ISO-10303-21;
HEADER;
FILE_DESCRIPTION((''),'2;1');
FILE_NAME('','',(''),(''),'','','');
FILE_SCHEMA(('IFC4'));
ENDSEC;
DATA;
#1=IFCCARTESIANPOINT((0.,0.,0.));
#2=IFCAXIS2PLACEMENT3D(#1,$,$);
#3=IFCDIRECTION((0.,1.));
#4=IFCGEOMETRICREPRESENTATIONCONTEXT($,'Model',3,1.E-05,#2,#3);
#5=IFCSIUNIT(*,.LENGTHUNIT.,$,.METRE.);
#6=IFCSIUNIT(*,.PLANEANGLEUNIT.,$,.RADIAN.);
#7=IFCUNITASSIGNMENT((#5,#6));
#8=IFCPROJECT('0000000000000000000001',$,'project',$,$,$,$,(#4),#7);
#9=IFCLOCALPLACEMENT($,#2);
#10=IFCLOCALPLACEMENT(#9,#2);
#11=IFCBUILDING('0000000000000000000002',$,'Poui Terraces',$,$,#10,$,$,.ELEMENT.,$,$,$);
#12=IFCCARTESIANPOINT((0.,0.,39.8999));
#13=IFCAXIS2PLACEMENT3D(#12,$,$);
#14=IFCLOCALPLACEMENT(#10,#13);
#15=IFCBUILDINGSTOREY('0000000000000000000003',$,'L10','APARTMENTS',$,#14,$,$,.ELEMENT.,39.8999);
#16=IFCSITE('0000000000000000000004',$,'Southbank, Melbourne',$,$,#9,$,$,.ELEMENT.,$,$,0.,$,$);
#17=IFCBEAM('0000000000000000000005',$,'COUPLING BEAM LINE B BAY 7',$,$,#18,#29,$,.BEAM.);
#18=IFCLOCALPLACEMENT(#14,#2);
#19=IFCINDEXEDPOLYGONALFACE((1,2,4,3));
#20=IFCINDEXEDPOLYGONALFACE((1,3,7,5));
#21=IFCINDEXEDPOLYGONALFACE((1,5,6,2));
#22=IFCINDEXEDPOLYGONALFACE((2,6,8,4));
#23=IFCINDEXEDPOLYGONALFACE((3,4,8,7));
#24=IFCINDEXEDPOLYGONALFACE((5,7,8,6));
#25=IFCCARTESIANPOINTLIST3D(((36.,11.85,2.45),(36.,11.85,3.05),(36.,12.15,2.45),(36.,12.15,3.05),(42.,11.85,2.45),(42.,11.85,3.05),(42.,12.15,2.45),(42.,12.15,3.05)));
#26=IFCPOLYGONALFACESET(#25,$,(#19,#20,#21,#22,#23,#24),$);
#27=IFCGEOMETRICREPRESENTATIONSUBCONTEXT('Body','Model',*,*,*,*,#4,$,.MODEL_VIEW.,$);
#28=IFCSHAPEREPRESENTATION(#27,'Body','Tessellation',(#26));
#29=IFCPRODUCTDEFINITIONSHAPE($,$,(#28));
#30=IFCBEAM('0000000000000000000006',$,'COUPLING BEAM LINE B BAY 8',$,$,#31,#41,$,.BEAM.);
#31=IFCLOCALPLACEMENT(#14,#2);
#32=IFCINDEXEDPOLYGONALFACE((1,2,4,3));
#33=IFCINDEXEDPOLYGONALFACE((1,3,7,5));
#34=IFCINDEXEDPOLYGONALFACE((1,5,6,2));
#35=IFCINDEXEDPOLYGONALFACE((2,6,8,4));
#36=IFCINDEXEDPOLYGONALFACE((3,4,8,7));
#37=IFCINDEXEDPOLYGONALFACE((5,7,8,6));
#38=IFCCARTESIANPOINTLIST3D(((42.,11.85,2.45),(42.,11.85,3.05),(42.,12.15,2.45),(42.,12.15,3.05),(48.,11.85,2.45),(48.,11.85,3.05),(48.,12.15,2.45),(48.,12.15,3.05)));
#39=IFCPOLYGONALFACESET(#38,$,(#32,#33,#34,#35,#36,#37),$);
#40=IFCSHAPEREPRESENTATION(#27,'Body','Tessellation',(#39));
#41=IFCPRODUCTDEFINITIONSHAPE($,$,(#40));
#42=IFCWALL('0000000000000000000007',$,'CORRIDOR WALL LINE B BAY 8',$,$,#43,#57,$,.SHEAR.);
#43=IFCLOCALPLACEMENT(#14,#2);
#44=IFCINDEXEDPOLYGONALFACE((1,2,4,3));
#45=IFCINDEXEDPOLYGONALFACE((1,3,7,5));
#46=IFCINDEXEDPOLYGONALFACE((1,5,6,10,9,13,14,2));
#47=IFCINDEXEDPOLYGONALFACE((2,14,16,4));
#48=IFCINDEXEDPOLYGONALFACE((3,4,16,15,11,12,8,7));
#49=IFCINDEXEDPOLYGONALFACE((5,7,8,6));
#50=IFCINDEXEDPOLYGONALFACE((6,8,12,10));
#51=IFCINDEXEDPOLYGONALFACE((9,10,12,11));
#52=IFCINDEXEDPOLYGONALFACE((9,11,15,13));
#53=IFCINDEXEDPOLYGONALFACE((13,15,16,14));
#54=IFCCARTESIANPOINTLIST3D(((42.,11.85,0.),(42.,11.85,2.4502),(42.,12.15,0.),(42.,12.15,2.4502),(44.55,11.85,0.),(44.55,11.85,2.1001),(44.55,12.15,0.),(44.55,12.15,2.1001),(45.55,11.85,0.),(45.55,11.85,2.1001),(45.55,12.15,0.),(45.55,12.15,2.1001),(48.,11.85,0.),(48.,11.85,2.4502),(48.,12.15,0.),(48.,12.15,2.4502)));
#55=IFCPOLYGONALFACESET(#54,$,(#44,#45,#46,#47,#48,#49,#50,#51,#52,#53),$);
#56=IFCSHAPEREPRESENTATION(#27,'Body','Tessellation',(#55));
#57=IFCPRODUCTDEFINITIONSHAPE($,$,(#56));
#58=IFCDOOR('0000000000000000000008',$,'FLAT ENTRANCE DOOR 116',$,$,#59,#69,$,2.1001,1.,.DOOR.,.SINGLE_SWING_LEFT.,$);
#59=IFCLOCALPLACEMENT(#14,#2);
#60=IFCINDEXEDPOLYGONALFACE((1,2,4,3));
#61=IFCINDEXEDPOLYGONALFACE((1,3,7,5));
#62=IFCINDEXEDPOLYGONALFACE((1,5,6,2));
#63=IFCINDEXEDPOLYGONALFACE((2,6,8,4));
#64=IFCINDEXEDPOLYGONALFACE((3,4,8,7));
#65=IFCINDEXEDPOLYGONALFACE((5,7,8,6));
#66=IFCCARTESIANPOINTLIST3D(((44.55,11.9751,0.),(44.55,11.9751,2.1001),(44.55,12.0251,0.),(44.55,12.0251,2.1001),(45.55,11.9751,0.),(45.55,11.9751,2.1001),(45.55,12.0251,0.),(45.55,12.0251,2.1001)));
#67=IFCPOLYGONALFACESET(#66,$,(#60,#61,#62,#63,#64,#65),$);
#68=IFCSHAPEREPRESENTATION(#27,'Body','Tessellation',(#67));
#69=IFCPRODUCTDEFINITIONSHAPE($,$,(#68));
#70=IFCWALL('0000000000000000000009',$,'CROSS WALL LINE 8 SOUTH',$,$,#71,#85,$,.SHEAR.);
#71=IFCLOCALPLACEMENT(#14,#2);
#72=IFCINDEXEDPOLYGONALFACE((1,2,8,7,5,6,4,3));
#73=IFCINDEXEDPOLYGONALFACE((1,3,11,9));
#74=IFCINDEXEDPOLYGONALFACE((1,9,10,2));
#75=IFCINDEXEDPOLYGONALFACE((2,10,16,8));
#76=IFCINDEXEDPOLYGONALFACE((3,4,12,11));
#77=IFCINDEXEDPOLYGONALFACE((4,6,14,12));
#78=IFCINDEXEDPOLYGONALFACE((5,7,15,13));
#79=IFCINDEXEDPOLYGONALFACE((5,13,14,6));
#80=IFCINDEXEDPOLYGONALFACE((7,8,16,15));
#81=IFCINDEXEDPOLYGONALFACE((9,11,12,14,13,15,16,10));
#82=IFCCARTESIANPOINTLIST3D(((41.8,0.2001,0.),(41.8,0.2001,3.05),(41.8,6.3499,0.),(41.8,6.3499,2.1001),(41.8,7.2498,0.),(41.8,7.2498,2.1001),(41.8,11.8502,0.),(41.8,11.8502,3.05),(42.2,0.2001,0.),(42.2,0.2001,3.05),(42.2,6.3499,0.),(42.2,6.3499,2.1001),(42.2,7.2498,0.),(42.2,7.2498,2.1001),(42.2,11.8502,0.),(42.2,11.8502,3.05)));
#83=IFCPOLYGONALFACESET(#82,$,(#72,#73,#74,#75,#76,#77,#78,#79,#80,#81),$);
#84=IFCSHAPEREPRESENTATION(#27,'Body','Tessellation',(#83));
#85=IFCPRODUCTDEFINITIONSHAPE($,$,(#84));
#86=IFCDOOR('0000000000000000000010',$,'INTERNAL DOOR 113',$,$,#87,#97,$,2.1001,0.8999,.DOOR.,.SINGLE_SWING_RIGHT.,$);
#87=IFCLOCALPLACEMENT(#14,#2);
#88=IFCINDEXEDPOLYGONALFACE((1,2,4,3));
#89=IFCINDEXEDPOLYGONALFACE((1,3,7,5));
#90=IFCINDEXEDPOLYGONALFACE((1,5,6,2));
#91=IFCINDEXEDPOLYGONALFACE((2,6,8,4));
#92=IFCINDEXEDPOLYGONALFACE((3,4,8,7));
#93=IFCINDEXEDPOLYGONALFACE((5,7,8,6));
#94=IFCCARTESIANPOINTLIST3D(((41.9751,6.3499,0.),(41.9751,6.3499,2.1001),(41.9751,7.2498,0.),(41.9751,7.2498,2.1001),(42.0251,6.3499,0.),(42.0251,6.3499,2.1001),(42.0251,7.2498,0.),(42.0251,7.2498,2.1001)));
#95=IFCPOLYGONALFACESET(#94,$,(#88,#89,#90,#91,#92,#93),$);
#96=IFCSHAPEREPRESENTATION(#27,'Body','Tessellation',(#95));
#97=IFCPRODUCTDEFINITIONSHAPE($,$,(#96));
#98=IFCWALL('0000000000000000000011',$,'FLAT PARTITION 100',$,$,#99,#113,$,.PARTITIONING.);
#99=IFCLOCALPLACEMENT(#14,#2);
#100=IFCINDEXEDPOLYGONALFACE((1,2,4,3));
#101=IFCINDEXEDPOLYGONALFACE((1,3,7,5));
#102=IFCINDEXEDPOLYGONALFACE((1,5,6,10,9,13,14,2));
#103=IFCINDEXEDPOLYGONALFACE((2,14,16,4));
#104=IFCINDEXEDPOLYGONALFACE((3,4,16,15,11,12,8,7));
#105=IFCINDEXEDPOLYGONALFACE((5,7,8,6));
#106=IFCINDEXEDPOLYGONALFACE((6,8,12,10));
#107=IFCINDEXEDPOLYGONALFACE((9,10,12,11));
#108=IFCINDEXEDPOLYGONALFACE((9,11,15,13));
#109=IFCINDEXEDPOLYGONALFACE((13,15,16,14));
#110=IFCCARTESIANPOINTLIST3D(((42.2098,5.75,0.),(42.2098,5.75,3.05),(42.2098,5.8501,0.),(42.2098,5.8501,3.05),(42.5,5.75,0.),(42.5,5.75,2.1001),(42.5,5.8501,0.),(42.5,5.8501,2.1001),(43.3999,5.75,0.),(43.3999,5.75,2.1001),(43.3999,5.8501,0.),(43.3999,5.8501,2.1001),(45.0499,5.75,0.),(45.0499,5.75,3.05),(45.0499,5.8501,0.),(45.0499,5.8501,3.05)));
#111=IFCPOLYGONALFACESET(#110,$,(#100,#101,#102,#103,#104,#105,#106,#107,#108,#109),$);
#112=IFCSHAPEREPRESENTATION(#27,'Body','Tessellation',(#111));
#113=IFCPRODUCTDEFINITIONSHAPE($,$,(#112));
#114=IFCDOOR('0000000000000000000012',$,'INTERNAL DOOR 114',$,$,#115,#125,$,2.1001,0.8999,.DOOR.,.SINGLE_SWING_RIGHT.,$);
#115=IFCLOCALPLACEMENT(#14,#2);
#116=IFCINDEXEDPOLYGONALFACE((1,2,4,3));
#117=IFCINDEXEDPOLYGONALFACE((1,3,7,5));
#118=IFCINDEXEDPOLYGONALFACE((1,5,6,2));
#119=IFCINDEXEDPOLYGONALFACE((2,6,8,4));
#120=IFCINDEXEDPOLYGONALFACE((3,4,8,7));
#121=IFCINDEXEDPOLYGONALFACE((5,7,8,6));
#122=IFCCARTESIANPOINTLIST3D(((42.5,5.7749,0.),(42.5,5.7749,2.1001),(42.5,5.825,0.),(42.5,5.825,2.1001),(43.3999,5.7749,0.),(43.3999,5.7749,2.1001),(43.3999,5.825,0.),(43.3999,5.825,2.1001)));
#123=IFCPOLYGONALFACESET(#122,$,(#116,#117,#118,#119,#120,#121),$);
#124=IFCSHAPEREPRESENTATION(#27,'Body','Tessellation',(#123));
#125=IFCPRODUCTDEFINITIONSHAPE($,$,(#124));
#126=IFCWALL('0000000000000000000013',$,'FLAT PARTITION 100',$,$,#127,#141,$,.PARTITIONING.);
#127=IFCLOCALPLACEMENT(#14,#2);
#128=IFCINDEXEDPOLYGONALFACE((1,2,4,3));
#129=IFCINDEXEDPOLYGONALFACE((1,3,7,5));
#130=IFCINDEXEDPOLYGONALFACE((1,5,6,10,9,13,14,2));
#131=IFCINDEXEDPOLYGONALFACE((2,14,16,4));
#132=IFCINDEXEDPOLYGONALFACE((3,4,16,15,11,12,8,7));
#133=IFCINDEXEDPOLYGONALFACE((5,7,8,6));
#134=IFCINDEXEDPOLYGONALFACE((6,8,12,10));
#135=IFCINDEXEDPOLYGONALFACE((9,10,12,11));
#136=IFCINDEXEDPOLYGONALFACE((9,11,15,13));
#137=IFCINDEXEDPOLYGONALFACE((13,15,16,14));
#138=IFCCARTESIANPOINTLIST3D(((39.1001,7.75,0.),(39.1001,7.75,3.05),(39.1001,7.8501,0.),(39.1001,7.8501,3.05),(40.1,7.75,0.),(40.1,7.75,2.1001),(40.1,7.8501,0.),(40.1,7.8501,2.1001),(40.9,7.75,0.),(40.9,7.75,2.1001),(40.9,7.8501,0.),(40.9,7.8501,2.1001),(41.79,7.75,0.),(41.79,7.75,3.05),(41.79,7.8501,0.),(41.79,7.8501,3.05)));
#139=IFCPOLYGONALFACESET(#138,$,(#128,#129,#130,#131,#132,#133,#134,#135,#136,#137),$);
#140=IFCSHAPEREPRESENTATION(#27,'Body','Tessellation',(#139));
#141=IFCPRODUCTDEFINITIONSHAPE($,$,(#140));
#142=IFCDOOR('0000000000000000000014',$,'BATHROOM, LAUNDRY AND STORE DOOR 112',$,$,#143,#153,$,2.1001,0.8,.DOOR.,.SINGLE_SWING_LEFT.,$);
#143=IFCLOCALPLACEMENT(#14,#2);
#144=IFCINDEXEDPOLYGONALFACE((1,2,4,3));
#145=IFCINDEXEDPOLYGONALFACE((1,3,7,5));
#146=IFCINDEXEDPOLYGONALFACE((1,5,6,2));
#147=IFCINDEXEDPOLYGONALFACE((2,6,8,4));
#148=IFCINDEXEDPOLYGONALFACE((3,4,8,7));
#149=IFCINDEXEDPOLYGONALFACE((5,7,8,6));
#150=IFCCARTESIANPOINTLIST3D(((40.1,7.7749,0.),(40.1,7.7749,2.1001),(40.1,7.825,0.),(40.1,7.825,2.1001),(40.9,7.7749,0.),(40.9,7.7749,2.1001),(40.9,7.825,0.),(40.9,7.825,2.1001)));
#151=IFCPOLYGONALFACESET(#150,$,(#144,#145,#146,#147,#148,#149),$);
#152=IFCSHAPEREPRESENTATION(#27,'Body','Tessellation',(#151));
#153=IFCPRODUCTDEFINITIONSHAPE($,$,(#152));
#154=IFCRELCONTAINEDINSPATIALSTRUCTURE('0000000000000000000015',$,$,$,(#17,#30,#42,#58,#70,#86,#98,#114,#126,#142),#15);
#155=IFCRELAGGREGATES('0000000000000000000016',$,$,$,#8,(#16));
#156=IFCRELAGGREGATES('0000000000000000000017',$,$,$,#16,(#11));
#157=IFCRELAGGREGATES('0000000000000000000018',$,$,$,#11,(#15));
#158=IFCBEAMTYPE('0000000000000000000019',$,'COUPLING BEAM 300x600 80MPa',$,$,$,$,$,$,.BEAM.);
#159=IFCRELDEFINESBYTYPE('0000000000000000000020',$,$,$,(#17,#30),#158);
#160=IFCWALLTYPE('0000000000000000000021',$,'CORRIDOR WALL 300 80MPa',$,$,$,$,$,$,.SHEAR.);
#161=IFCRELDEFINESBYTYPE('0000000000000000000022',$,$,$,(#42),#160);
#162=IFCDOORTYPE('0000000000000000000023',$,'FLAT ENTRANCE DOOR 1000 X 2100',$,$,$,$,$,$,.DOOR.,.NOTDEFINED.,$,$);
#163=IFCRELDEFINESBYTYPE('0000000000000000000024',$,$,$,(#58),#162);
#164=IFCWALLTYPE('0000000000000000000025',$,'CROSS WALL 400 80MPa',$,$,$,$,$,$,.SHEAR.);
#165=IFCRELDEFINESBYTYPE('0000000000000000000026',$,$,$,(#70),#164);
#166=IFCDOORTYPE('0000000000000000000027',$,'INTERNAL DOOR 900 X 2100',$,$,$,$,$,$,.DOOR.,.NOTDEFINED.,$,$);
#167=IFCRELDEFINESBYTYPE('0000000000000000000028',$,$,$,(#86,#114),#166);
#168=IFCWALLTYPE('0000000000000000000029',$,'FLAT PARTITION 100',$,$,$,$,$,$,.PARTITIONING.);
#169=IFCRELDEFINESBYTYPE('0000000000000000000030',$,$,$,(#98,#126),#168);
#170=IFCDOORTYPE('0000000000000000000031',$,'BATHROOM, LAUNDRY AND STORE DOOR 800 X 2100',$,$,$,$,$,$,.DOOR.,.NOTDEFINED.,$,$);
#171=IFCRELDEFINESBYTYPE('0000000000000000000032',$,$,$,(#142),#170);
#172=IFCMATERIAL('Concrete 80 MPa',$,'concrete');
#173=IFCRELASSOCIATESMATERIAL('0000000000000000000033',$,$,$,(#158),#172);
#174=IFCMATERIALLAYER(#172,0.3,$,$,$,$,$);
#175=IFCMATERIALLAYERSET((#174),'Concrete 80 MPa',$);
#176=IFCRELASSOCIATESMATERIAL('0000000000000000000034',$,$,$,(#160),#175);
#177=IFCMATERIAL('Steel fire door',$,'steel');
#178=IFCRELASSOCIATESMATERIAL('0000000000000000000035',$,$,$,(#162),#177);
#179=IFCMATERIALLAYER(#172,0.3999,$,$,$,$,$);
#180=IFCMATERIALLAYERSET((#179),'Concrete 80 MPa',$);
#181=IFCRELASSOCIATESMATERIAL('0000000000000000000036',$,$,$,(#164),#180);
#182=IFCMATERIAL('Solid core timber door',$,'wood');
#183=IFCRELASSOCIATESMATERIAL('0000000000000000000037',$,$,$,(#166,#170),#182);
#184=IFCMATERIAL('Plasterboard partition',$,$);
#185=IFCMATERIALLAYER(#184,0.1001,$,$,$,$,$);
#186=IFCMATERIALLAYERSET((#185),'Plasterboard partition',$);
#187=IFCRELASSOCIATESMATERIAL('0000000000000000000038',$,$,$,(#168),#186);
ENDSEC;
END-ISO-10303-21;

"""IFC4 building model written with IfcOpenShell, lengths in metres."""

from ifc_helpers import new_model, si_unit, direction, frame, frame_2d, origin, origin_2d, place, context, subcontext, project, spatial, rectangle, extrude, source, transform, mapped, material, layer, layer_set, material_profile, profile_set, type_object, element, fill, save


model = new_model("IFC4")

# Units and contexts
model_context = context("Model", 3, precision=1e-05, world=origin(), true_north=direction((0.0, 1.0)))
body_context = subcontext(model_context, "Body", "Model", "MODEL_VIEW")
ifc_project = project(units=[si_unit("LENGTHUNIT", "METRE"), si_unit("PLANEANGLEUNIT", "RADIAN")], contexts=[model_context])

# Site, building, storey
site_placement = place(None, origin())
site = spatial("IfcSite", under=ifc_project, at=site_placement, Name="Southbank, Melbourne", CompositionType="ELEMENT", RefElevation=0.0)
building_placement = place(site_placement, origin())
building = spatial("IfcBuilding", under=site, at=building_placement, Name="Poui Terraces", CompositionType="ELEMENT")
storey_placement = place(building_placement, frame((0.0, 0.0, 39.8999)))
storey = spatial("IfcBuildingStorey", under=building, at=storey_placement, Name="L10", Description="APARTMENTS", CompositionType="ELEMENT", Elevation=39.8999)

# Beams
ifc_material_1 = material(Name="Concrete 80 MPa", Category="concrete")
ifc_material_profile = material_profile(ifc_material_1, rectangle(XDim=0.3, YDim=0.6001, at=origin_2d()), Name="RC 300x600")
ifc_profile_set = profile_set([ifc_material_profile], Name="Concrete 80 MPa")
beam_type = type_object("IfcBeamType", Name="COUPLING BEAM 300x600 80MPa", PredefinedType="BEAM", material=ifc_profile_set)
shared_shape_1 = source(origin(), body_context, "Body", "SweptSolid", [
    extrude(rectangle(XDim=0.3, YDim=0.6001, at=origin_2d()), origin(), (0.0, 0.0, 1.0), 6.0),
])
for number, where, z_axis, x_axis, name in (
    (1, (36.0, 12.0, 2.75), (1.0, 0.0, 0.0), (0.0, 1.0, 0.0), "COUPLING BEAM LINE B BAY 7"),
    (2, (42.0, 12.0, 2.75), (1.0, 0.0, 0.0), (0.0, 1.0, 0.0), "COUPLING BEAM LINE B BAY 8"),
):
    element("IfcBeam", number, at=place(storey_placement, frame(where, z_axis=z_axis, x_axis=x_axis)), inside=storey, type_object=beam_type, Name=name, PredefinedType="BEAM", context=body_context, shape_type="MappedRepresentation", body=[
        mapped(shared_shape_1, transform((0.0, 0.0, 0.0))),
    ])

# Walls, openings, doors
ifc_layer_1 = layer(ifc_material_1, 0.3)
ifc_layer_set_1 = layer_set([ifc_layer_1], Name="Concrete 80 MPa")
wall_type_1 = type_object("IfcWallType", Name="CORRIDOR WALL 300 80MPa", PredefinedType="SHEAR", material=ifc_layer_set_1)
wall_1_placement = place(storey_placement, frame((42.0, 12.0, 0.0), z_axis=(0.0, 0.0, 1.0), x_axis=(1.0, 0.0, 0.0)))
wall_1 = element("IfcWall", 3, at=wall_1_placement, inside=storey, type_object=wall_type_1, Name="CORRIDOR WALL LINE B BAY 8", PredefinedType="SHEAR", context=body_context, shape_type="SweptSolid", body=[
    extrude(rectangle(XDim=6.0, YDim=0.3, at=frame_2d((3.0, 0.0))), origin(), (0.0, 0.0, 1.0), 2.4502),
])
opening_1_placement = place(wall_1_placement, frame((2.55, 0.0, 0.0)))
opening_1 = element("IfcOpeningElement", 4, at=opening_1_placement, cuts=wall_1, PredefinedType="OPENING", context=body_context, shape_type="SweptSolid", body=[
    extrude(rectangle(XDim=1.0, YDim=2.1001, at=frame_2d((0.5, 1.05))), frame((0.0, 0.1602, 0.0), z_axis=(0.0, -1.0, 0.0), x_axis=(1.0, 0.0, 0.0)), (0.0, 0.0, 1.0), 0.3201),
])
ifc_material_2 = material(Name="Steel fire door", Category="steel")
door_type_1 = type_object("IfcDoorType", Name="FLAT ENTRANCE DOOR 1000 X 2100", OperationType="NOTDEFINED", PredefinedType="DOOR", material=ifc_material_2)
door_1_placement = place(opening_1_placement, frame((1.0, 0.0, 0.0), z_axis=(0.0, 0.0, 1.0), x_axis=(-1.0, 0.0, 0.0)))
door_1 = element("IfcDoor", 5, at=door_1_placement, inside=storey, type_object=door_type_1, Name="FLAT ENTRANCE DOOR 116", OperationType="SINGLE_SWING_LEFT", OverallHeight=2.1001, OverallWidth=1.0, PredefinedType="DOOR", context=body_context, shape_type="SweptSolid", body=[
    extrude(rectangle(XDim=1.0, YDim=2.1001, at=frame_2d((0.5, 1.05))), frame((0.0, 0.0249, 0.0), z_axis=(0.0, -1.0, 0.0), x_axis=(1.0, 0.0, 0.0)), (0.0, 0.0, 1.0), 0.05),
])
fill(opening_1, door_1)
ifc_layer_2 = layer(ifc_material_1, 0.3999)
ifc_layer_set_2 = layer_set([ifc_layer_2], Name="Concrete 80 MPa")
wall_type_2 = type_object("IfcWallType", Name="CROSS WALL 400 80MPa", PredefinedType="SHEAR", material=ifc_layer_set_2)
wall_2_placement = place(storey_placement, frame((42.0, 0.2, 0.0), z_axis=(0.0, 0.0, 1.0), x_axis=(0.0, 1.0, 0.0)))
wall_2 = element("IfcWall", 6, at=wall_2_placement, inside=storey, type_object=wall_type_2, Name="CROSS WALL LINE 8 SOUTH", PredefinedType="SHEAR", context=body_context, shape_type="SweptSolid", body=[
    extrude(rectangle(XDim=11.6501, YDim=0.3999, at=frame_2d((5.8252, 0.0))), origin(), (0.0, 0.0, 1.0), 3.05),
])
opening_2_placement = place(wall_2_placement, frame((6.1499, 0.0, 0.0)))
opening_2 = element("IfcOpeningElement", 7, at=opening_2_placement, cuts=wall_2, PredefinedType="OPENING", context=body_context, shape_type="SweptSolid", body=[
    extrude(rectangle(XDim=0.8999, YDim=2.1001, at=frame_2d((0.45, 1.05))), frame((0.0, 0.21, 0.0), z_axis=(0.0, -1.0, 0.0), x_axis=(1.0, 0.0, 0.0)), (0.0, 0.0, 1.0), 0.4199),
])
ifc_material_3 = material(Name="Solid core timber door", Category="wood")
door_type_2 = type_object("IfcDoorType", Name="INTERNAL DOOR 900 X 2100", OperationType="NOTDEFINED", PredefinedType="DOOR", material=ifc_material_3)
door_2_placement = place(opening_2_placement, origin())
door_2 = element("IfcDoor", 8, at=door_2_placement, inside=storey, type_object=door_type_2, Name="INTERNAL DOOR 113", OperationType="SINGLE_SWING_RIGHT", OverallHeight=2.1001, OverallWidth=0.8999, PredefinedType="DOOR", context=body_context, shape_type="SweptSolid", body=[
    extrude(rectangle(XDim=0.8999, YDim=2.1001, at=frame_2d((0.45, 1.05))), frame((0.0, 0.0249, 0.0), z_axis=(0.0, -1.0, 0.0), x_axis=(1.0, 0.0, 0.0)), (0.0, 0.0, 1.0), 0.05),
])
fill(opening_2, door_2)
ifc_material_4 = material(Name="Plasterboard partition")
ifc_layer_3 = layer(ifc_material_4, 0.1001)
ifc_layer_set_3 = layer_set([ifc_layer_3], Name="Plasterboard partition")
wall_type_3 = type_object("IfcWallType", Name="FLAT PARTITION 100", PredefinedType="PARTITIONING", material=ifc_layer_set_3)
wall_3_placement = place(storey_placement, frame((42.21, 5.8, 0.0), z_axis=(0.0, 0.0, 1.0), x_axis=(1.0, 0.0, 0.0)))
wall_3 = element("IfcWall", 9, at=wall_3_placement, inside=storey, type_object=wall_type_3, Name="FLAT PARTITION 100", PredefinedType="PARTITIONING", context=body_context, shape_type="SweptSolid", body=[
    extrude(rectangle(XDim=2.8401, YDim=0.1001, at=frame_2d((1.4199, 0.0))), origin(), (0.0, 0.0, 1.0), 3.05),
])
opening_3_placement = place(wall_3_placement, frame((0.29, 0.0, 0.0)))
opening_3 = element("IfcOpeningElement", 10, at=opening_3_placement, cuts=wall_3, PredefinedType="OPENING", context=body_context, shape_type="SweptSolid", body=[
    extrude(rectangle(XDim=0.8999, YDim=2.1001, at=frame_2d((0.45, 1.05))), frame((0.0, 0.0601, 0.0), z_axis=(0.0, -1.0, 0.0), x_axis=(1.0, 0.0, 0.0)), (0.0, 0.0, 1.0), 0.1201),
])
door_3_placement = place(opening_3_placement, origin())
door_3 = element("IfcDoor", 11, at=door_3_placement, inside=storey, type_object=door_type_2, Name="INTERNAL DOOR 114", OperationType="SINGLE_SWING_RIGHT", OverallHeight=2.1001, OverallWidth=0.8999, PredefinedType="DOOR", context=body_context, shape_type="SweptSolid", body=[
    extrude(rectangle(XDim=0.8999, YDim=2.1001, at=frame_2d((0.45, 1.05))), frame((0.0, 0.0249, 0.0), z_axis=(0.0, -1.0, 0.0), x_axis=(1.0, 0.0, 0.0)), (0.0, 0.0, 1.0), 0.05),
])
fill(opening_3, door_3)
wall_4_placement = place(storey_placement, frame((39.1001, 7.8, 0.0), z_axis=(0.0, 0.0, 1.0), x_axis=(1.0, 0.0, 0.0)))
wall_4 = element("IfcWall", 12, at=wall_4_placement, inside=storey, type_object=wall_type_3, Name="FLAT PARTITION 100", PredefinedType="PARTITIONING", context=body_context, shape_type="SweptSolid", body=[
    extrude(rectangle(XDim=2.6899, YDim=0.1001, at=frame_2d((1.345, 0.0))), origin(), (0.0, 0.0, 1.0), 3.05),
])
opening_4_placement = place(wall_4_placement, frame((1.0, 0.0, 0.0)))
opening_4 = element("IfcOpeningElement", 13, at=opening_4_placement, cuts=wall_4, PredefinedType="OPENING", context=body_context, shape_type="SweptSolid", body=[
    extrude(rectangle(XDim=0.8, YDim=2.1001, at=frame_2d((0.3999, 1.05))), frame((0.0, 0.0601, 0.0), z_axis=(0.0, -1.0, 0.0), x_axis=(1.0, 0.0, 0.0)), (0.0, 0.0, 1.0), 0.1201),
])
door_type_3 = type_object("IfcDoorType", Name="BATHROOM, LAUNDRY AND STORE DOOR 800 X 2100", OperationType="NOTDEFINED", PredefinedType="DOOR", material=ifc_material_3)
door_4_placement = place(opening_4_placement, origin())
door_4 = element("IfcDoor", 14, at=door_4_placement, inside=storey, type_object=door_type_3, Name="BATHROOM, LAUNDRY AND STORE DOOR 112", OperationType="SINGLE_SWING_LEFT", OverallHeight=2.1001, OverallWidth=0.8, PredefinedType="DOOR", context=body_context, shape_type="SweptSolid", body=[
    extrude(rectangle(XDim=0.8, YDim=2.1001, at=frame_2d((0.3999, 1.05))), frame((0.0, 0.0249, 0.0), z_axis=(0.0, -1.0, 0.0), x_axis=(1.0, 0.0, 0.0)), (0.0, 0.0, 1.0), 0.05),
])
fill(opening_4, door_4)

save(model, "model.ifc")
